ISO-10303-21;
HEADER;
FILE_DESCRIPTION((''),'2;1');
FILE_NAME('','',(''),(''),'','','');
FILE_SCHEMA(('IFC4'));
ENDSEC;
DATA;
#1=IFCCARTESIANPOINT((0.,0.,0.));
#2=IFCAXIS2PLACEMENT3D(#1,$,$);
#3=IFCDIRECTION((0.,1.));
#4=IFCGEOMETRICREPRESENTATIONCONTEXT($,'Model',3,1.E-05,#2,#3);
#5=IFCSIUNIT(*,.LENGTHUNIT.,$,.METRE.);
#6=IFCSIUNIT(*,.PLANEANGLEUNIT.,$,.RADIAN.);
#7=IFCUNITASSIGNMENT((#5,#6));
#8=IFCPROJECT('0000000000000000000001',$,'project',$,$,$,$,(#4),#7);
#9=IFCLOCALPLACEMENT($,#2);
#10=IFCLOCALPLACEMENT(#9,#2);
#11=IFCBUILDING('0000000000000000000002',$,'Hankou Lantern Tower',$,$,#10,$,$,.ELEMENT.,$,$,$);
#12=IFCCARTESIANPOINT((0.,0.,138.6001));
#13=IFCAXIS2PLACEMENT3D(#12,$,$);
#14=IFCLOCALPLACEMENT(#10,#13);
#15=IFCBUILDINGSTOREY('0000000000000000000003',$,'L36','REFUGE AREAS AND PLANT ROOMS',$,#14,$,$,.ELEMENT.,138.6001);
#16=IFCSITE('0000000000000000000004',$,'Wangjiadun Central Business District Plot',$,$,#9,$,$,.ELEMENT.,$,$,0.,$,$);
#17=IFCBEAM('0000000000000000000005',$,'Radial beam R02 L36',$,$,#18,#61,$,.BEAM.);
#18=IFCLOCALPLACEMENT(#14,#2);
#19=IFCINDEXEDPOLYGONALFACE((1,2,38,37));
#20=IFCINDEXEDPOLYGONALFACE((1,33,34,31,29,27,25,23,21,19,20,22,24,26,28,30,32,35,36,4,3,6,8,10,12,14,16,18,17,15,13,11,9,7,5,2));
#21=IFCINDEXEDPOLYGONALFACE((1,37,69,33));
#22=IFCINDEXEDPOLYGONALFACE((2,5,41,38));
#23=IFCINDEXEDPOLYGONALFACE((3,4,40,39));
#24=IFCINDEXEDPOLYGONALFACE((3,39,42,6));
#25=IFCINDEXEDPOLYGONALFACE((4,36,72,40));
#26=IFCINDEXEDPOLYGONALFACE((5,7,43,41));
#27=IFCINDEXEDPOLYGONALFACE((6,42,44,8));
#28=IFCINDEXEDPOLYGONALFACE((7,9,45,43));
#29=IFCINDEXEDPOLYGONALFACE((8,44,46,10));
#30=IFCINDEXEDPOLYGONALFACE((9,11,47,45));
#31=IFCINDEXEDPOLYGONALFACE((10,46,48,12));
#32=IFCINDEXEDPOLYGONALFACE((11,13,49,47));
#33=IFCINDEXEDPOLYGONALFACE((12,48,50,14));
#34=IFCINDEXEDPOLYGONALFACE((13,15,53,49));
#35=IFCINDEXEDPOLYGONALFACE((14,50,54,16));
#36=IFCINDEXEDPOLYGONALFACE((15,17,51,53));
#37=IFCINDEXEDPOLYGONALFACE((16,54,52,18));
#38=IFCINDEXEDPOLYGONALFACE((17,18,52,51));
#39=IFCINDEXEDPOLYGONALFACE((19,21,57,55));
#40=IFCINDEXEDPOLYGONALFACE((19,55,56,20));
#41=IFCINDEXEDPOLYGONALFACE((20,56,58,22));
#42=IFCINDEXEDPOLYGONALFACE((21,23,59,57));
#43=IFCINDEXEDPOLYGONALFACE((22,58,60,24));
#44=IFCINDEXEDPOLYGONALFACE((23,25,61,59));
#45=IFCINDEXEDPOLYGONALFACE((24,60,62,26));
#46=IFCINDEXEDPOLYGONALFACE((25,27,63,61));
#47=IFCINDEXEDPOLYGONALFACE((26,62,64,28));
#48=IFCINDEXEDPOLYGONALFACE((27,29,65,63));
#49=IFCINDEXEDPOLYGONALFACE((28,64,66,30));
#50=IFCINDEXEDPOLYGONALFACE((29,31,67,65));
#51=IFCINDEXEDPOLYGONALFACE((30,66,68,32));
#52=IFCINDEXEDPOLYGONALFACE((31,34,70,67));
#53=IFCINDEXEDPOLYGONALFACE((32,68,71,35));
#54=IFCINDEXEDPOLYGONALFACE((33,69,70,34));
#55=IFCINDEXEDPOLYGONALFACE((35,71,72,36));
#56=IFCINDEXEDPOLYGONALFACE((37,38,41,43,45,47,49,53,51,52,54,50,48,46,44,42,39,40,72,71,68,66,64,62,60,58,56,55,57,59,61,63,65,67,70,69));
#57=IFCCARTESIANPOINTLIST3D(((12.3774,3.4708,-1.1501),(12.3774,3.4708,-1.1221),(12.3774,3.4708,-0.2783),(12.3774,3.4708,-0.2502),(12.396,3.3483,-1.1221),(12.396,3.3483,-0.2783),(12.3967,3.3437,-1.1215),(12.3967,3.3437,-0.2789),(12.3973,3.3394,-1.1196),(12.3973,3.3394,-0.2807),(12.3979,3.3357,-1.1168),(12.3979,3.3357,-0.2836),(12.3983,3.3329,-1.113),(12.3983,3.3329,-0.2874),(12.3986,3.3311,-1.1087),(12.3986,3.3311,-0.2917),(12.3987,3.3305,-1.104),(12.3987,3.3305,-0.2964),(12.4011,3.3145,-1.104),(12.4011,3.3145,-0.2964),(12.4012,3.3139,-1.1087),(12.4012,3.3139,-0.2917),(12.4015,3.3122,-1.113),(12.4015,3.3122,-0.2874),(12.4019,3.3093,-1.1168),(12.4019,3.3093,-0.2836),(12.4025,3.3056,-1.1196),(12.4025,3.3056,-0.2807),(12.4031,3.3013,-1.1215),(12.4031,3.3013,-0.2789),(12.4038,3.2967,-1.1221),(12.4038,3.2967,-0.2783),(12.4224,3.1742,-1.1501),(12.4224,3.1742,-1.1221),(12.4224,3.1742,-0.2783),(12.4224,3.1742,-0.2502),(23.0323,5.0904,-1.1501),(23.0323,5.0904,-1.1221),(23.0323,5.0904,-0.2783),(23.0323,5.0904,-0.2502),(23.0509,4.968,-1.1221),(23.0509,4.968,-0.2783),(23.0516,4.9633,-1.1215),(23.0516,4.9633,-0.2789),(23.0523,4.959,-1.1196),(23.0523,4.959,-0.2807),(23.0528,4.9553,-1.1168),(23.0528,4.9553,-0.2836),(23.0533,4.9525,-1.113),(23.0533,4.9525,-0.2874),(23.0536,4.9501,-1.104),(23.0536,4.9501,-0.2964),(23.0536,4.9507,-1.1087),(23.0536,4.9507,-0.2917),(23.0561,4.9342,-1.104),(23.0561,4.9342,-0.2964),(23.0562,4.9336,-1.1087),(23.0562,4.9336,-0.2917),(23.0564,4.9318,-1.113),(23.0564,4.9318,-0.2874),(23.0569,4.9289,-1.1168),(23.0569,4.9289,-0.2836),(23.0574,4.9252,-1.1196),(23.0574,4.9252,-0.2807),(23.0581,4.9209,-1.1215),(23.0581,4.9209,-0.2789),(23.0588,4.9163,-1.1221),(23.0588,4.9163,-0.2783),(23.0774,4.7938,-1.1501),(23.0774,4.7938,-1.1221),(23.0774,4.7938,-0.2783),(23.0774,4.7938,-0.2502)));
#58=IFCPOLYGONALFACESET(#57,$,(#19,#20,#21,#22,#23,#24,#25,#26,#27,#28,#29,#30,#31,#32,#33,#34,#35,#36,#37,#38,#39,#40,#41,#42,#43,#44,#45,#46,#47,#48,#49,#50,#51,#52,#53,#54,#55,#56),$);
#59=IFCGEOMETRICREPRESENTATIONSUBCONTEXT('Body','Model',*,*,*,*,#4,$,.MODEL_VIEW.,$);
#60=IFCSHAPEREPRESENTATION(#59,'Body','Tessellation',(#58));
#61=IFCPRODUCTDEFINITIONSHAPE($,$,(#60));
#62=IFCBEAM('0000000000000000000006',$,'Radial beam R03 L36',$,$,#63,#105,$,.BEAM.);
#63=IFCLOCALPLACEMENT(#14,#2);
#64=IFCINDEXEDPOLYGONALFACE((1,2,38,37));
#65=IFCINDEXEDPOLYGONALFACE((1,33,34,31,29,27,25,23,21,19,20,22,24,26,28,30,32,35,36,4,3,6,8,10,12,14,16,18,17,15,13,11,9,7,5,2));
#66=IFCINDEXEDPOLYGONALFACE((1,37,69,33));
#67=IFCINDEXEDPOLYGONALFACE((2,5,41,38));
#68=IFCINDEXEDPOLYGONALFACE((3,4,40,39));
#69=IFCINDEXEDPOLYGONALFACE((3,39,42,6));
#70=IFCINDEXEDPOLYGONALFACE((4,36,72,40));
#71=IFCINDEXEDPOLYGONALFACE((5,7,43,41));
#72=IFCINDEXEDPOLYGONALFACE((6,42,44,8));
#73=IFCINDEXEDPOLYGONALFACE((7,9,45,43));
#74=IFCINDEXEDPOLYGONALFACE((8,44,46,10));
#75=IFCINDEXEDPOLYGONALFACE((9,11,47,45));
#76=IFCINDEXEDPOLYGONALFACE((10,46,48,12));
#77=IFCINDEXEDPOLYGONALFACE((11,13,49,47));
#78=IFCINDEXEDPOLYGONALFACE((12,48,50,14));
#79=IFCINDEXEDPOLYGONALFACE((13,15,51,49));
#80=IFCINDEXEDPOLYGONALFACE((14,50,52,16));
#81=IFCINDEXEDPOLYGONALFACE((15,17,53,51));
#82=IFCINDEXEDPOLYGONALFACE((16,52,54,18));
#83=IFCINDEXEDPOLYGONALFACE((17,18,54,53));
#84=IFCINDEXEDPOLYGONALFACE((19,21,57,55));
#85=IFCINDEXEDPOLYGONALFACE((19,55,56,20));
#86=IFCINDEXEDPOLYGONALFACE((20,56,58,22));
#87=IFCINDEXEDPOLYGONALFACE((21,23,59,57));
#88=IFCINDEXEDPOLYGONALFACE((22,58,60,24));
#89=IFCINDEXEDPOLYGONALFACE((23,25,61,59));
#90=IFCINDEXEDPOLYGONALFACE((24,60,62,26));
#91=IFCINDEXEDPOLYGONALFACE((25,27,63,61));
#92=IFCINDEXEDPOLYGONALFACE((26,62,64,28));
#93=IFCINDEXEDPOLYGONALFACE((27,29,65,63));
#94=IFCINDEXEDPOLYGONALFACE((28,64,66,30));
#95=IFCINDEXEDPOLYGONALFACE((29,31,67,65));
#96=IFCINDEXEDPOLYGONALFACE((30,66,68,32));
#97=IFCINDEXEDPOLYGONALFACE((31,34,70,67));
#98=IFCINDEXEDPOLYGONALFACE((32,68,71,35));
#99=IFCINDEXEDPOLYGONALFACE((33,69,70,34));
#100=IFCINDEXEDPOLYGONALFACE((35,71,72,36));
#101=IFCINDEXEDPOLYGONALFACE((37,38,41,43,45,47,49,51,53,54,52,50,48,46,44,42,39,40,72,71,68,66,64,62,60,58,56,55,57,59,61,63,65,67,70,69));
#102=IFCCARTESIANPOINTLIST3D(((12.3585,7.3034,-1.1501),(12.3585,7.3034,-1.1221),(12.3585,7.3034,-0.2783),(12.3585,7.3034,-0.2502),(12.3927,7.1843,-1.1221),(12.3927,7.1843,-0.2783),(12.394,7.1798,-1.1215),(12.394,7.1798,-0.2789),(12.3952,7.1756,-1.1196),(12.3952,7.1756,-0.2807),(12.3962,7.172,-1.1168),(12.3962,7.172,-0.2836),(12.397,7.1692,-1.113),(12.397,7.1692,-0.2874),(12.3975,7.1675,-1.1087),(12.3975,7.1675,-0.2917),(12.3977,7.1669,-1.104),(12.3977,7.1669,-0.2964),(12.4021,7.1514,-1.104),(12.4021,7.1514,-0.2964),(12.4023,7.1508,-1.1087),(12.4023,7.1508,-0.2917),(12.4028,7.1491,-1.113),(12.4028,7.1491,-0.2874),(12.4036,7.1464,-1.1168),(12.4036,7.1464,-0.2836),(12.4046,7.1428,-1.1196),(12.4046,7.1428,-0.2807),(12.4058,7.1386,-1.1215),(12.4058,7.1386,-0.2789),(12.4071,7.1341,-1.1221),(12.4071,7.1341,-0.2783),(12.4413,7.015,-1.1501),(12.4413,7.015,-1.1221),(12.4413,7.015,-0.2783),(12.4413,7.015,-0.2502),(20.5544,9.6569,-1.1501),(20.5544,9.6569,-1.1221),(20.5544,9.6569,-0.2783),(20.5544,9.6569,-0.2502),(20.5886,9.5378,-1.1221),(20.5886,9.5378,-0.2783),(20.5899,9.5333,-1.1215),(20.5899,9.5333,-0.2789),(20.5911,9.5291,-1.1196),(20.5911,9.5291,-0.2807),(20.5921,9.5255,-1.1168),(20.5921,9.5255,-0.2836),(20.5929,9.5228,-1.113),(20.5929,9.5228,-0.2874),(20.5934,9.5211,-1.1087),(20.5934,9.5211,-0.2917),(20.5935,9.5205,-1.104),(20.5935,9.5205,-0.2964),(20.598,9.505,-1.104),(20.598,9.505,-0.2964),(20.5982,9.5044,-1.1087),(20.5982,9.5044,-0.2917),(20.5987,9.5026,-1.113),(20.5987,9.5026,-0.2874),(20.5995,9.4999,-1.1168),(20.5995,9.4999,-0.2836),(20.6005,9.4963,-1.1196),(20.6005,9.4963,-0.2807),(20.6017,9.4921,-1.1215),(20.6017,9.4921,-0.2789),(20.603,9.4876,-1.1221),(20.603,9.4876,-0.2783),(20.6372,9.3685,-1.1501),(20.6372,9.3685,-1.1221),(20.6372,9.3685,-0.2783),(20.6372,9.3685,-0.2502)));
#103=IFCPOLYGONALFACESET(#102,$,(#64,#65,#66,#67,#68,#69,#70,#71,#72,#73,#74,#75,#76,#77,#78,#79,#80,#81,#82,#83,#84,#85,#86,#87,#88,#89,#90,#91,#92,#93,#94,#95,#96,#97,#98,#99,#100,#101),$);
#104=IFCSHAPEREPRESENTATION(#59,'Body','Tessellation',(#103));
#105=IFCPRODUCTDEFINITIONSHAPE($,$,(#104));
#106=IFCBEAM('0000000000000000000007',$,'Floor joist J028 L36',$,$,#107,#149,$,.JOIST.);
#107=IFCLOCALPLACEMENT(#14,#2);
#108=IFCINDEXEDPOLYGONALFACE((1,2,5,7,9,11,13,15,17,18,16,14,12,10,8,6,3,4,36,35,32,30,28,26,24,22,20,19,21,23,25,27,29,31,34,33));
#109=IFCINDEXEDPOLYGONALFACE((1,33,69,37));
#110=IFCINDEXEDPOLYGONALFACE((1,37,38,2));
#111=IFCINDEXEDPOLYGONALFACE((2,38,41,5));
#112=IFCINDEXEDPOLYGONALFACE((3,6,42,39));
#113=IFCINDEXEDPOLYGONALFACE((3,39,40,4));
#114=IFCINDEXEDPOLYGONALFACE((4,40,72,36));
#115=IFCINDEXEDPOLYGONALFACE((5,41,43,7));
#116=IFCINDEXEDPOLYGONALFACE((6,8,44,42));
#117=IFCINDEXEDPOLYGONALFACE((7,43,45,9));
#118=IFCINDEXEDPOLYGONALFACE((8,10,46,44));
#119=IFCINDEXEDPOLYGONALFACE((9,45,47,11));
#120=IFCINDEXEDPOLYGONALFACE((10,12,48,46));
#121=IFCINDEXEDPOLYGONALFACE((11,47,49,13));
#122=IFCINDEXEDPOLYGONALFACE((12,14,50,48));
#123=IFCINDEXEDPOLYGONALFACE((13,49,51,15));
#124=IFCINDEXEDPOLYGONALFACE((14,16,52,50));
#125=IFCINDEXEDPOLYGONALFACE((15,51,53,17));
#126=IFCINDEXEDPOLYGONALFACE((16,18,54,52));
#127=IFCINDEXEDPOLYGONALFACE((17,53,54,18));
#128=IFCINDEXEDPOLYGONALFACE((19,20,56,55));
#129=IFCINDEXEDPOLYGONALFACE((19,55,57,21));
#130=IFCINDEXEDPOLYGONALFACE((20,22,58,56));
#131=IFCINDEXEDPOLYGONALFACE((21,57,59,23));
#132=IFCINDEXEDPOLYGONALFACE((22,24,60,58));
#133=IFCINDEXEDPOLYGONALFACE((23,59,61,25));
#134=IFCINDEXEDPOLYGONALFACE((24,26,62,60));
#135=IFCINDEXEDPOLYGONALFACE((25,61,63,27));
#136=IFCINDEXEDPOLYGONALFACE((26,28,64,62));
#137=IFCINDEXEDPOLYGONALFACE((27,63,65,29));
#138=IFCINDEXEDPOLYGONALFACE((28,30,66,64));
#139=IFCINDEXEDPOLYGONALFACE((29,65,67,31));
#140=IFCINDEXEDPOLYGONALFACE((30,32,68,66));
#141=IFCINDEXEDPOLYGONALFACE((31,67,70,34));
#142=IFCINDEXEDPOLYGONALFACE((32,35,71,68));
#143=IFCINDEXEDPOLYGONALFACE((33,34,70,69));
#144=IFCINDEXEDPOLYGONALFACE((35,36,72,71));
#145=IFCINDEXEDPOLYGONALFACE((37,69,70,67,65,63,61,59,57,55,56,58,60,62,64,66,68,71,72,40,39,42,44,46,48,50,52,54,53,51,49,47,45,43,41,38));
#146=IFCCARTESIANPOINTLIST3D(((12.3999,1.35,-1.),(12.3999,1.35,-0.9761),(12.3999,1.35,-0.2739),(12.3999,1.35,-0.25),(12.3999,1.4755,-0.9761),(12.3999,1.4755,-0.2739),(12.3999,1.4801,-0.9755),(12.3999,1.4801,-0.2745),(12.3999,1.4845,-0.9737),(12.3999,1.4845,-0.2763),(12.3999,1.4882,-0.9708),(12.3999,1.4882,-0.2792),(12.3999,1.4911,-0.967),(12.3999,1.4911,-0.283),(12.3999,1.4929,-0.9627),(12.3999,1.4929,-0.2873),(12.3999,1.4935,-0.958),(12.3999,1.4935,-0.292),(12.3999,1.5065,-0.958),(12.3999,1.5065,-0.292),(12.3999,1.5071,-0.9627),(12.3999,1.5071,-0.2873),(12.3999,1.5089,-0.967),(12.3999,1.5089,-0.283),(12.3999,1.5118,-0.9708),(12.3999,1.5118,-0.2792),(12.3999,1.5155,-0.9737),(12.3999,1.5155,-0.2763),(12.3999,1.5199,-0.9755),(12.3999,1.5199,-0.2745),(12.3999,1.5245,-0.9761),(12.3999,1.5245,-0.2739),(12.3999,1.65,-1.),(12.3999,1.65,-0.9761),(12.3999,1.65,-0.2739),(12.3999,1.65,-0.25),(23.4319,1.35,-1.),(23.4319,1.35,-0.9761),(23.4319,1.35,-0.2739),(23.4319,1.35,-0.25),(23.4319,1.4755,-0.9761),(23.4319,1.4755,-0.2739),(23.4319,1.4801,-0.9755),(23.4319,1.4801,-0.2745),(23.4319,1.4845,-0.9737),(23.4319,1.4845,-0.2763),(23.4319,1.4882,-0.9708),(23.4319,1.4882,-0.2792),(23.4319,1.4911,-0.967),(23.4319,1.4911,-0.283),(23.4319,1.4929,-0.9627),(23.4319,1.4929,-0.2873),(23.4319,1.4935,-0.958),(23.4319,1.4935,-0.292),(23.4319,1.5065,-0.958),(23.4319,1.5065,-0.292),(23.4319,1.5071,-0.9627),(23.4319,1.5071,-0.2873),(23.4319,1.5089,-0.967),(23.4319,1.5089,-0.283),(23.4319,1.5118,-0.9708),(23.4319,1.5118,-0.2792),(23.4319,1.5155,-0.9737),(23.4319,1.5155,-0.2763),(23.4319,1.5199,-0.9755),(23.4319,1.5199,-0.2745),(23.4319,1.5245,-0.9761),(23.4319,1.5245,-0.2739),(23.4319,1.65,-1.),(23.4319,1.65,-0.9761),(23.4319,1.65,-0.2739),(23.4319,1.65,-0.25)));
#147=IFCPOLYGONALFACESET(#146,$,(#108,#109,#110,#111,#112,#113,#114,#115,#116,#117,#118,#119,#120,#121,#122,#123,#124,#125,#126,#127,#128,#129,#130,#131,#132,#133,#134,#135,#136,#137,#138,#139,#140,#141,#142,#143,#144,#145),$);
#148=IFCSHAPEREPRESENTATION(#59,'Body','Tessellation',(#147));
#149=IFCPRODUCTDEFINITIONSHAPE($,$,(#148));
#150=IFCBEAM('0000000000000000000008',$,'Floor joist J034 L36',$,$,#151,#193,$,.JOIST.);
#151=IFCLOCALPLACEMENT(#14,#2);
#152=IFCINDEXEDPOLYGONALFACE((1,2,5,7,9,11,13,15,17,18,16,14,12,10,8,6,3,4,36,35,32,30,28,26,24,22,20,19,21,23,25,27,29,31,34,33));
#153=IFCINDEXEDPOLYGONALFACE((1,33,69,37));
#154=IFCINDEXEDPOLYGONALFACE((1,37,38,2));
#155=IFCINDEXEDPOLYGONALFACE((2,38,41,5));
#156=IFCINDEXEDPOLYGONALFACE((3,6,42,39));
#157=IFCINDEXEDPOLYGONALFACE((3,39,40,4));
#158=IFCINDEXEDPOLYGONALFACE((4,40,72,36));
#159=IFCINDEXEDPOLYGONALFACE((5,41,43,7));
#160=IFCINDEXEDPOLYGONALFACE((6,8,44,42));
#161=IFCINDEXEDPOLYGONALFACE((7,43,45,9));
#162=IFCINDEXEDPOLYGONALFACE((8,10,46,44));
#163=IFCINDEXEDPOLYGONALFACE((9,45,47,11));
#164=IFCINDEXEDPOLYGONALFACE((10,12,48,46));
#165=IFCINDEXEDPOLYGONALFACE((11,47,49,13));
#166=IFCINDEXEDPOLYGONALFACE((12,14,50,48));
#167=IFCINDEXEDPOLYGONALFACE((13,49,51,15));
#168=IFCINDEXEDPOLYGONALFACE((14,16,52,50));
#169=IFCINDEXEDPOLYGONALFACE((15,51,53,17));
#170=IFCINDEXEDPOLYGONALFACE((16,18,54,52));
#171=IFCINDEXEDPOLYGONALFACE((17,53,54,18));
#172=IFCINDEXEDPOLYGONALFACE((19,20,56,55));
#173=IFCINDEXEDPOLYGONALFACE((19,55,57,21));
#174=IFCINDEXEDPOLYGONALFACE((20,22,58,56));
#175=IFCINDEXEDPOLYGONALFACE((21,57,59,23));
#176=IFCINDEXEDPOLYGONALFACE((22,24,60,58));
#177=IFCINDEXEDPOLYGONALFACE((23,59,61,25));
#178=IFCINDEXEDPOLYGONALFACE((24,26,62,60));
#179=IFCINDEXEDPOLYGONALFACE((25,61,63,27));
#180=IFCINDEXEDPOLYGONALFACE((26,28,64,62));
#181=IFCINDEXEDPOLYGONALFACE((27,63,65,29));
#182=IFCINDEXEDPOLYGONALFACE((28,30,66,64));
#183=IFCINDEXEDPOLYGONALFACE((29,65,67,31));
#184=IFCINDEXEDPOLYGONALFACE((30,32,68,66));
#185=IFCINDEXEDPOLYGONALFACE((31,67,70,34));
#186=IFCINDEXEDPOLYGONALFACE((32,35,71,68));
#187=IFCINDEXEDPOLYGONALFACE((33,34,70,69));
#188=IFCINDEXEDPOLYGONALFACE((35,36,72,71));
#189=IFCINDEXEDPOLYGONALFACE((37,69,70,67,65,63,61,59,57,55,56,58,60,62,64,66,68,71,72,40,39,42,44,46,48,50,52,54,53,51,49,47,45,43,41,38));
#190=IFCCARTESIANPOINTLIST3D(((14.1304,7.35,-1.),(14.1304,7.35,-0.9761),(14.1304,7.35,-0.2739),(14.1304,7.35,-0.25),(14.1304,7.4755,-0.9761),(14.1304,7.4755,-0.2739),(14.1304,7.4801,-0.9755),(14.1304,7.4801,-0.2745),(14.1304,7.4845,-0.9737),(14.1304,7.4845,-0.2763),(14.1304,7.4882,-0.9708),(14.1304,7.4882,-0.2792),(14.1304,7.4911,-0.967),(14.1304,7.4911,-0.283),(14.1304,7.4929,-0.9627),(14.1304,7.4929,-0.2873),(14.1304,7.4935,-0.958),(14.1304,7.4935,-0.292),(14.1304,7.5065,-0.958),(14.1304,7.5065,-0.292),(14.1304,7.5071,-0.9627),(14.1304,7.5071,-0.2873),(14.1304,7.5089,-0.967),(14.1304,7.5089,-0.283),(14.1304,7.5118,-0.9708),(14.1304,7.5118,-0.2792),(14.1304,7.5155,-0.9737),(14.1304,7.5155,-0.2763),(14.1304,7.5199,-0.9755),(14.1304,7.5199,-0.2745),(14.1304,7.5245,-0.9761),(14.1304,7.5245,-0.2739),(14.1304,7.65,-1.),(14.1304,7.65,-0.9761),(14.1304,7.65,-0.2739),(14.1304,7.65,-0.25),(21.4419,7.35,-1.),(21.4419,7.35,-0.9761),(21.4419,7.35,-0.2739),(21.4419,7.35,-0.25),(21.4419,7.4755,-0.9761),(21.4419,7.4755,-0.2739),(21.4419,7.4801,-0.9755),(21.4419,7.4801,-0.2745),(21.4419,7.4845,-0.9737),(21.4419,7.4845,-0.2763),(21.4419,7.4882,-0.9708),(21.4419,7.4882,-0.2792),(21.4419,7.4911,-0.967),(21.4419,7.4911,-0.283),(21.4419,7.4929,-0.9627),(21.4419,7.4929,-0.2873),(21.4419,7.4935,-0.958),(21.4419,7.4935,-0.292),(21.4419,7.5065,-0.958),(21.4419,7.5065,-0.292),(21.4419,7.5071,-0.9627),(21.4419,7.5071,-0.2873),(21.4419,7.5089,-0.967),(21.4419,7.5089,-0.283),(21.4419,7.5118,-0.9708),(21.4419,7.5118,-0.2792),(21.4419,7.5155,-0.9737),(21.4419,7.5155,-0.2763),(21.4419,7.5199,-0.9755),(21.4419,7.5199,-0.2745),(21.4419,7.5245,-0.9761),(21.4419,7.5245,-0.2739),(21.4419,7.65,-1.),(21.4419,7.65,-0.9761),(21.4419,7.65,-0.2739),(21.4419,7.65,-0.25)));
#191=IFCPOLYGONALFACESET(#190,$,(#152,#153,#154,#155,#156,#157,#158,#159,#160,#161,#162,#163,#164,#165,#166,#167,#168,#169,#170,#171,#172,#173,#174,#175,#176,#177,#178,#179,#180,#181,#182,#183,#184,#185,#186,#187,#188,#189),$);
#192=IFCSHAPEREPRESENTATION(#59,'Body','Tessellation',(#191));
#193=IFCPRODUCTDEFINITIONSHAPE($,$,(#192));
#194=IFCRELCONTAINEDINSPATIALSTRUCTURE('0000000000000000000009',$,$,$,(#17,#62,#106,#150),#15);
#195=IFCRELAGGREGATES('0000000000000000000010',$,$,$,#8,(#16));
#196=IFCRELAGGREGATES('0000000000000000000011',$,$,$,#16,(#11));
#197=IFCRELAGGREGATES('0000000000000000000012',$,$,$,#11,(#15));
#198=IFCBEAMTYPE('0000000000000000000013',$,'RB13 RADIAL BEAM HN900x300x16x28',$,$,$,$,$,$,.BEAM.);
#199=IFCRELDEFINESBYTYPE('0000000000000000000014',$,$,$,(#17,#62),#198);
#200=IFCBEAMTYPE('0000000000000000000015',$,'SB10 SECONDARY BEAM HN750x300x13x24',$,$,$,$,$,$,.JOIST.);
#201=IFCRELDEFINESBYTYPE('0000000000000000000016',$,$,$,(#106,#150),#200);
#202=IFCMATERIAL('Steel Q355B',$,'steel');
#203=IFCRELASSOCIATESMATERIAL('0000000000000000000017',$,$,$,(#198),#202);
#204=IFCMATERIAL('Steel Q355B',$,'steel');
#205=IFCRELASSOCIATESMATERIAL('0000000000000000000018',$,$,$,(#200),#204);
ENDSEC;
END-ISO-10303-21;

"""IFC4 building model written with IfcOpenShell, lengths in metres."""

from ifc_helpers import new_model, si_unit, direction, frame, origin, origin_2d, place, context, subcontext, project, spatial, i_section, extrude, material, material_profile, profile_set, type_object, element, save


model = new_model("IFC4")

# Units and contexts
model_context = context("Model", 3, precision=1e-05, world=origin(), true_north=direction((0.0, 1.0)))
body_context = subcontext(model_context, "Body", "Model", "MODEL_VIEW")
ifc_project = project(units=[si_unit("LENGTHUNIT", "METRE"), si_unit("PLANEANGLEUNIT", "RADIAN")], contexts=[model_context])

# Site, building, storey
site_placement = place(None, origin())
site = spatial("IfcSite", under=ifc_project, at=site_placement, Name="Wangjiadun Central Business District Plot", CompositionType="ELEMENT", RefElevation=0.0)
building_placement = place(site_placement, origin())
building = spatial("IfcBuilding", under=site, at=building_placement, Name="Hankou Lantern Tower", CompositionType="ELEMENT")
storey_placement = place(building_placement, frame((0.0, 0.0, 138.6001)))
storey = spatial("IfcBuildingStorey", under=building, at=storey_placement, Name="L36", Description="REFUGE AREAS AND PLANT ROOMS", CompositionType="ELEMENT", Elevation=138.6001)

# Beams
ifc_material_1 = material(Name="Steel Q355B", Category="steel")
ifc_material_profile_1 = material_profile(ifc_material_1, i_section(OverallWidth=0.3, OverallDepth=0.8999, WebThickness=0.0161, FlangeThickness=0.0281, FilletRadius=0.0181, at=origin_2d()), Name="HN900x300x16x28")
ifc_profile_set_1 = profile_set([ifc_material_profile_1], Name="Steel Q355B")
beam_type_1 = type_object("IfcBeamType", Name="RB13 RADIAL BEAM HN900x300x16x28", PredefinedType="BEAM", material=ifc_profile_set_1)
beam_1_placement = place(storey_placement, frame((12.3999, 3.3225, -0.7002), z_axis=(0.988644, 0.15028, 0.0), x_axis=(-0.15028, 0.988644, 0.0)))
element("IfcBeam", 1, at=beam_1_placement, inside=storey, type_object=beam_type_1, Name="Radial beam R02 L36", PredefinedType="BEAM", context=body_context, shape_type="SweptSolid", body=[
    extrude(i_section(OverallWidth=0.3, OverallDepth=0.8999, WebThickness=0.0161, FlangeThickness=0.0281, FilletRadius=0.0181, at=origin_2d()), origin(), (0.0, 0.0, 1.0), 10.7773),
])
beam_2_placement = place(storey_placement, frame((12.3999, 7.1592, -0.7002), z_axis=(0.961156, 0.276007, 0.0), x_axis=(-0.276007, 0.961156, 0.0)))
element("IfcBeam", 2, at=beam_2_placement, inside=storey, type_object=beam_type_1, Name="Radial beam R03 L36", PredefinedType="BEAM", context=body_context, shape_type="SweptSolid", body=[
    extrude(i_section(OverallWidth=0.3, OverallDepth=0.8999, WebThickness=0.0161, FlangeThickness=0.0281, FilletRadius=0.0181, at=origin_2d()), origin(), (0.0, 0.0, 1.0), 8.5271),
])
ifc_material_2 = material(Name="Steel Q355B", Category="steel")
ifc_material_profile_2 = material_profile(ifc_material_2, i_section(OverallWidth=0.3, OverallDepth=0.75, WebThickness=0.0129, FlangeThickness=0.0239, FilletRadius=0.0181, at=origin_2d()), Name="HN750x300x13x24")
ifc_profile_set_2 = profile_set([ifc_material_profile_2], Name="Steel Q355B")
beam_type_2 = type_object("IfcBeamType", Name="SB10 SECONDARY BEAM HN750x300x13x24", PredefinedType="JOIST", material=ifc_profile_set_2)
beam_3_placement = place(storey_placement, frame((12.3999, 1.5, -0.625), z_axis=(1.0, 0.0, 0.0), x_axis=(0.0, 1.0, 0.0)))
element("IfcBeam", 3, at=beam_3_placement, inside=storey, type_object=beam_type_2, Name="Floor joist J028 L36", PredefinedType="JOIST", context=body_context, shape_type="SweptSolid", body=[
    extrude(i_section(OverallWidth=0.3, OverallDepth=0.75, WebThickness=0.0129, FlangeThickness=0.0239, FilletRadius=0.0181, at=origin_2d()), origin(), (0.0, 0.0, 1.0), 11.032),
])
beam_4_placement = place(storey_placement, frame((14.1304, 7.5, -0.625), z_axis=(1.0, 0.0, 0.0), x_axis=(0.0, 1.0, 0.0)))
element("IfcBeam", 4, at=beam_4_placement, inside=storey, type_object=beam_type_2, Name="Floor joist J034 L36", PredefinedType="JOIST", context=body_context, shape_type="SweptSolid", body=[
    extrude(i_section(OverallWidth=0.3, OverallDepth=0.75, WebThickness=0.0129, FlangeThickness=0.0239, FilletRadius=0.0181, at=origin_2d()), origin(), (0.0, 0.0, 1.0), 7.3115),
])

save(model, "model.ifc")
